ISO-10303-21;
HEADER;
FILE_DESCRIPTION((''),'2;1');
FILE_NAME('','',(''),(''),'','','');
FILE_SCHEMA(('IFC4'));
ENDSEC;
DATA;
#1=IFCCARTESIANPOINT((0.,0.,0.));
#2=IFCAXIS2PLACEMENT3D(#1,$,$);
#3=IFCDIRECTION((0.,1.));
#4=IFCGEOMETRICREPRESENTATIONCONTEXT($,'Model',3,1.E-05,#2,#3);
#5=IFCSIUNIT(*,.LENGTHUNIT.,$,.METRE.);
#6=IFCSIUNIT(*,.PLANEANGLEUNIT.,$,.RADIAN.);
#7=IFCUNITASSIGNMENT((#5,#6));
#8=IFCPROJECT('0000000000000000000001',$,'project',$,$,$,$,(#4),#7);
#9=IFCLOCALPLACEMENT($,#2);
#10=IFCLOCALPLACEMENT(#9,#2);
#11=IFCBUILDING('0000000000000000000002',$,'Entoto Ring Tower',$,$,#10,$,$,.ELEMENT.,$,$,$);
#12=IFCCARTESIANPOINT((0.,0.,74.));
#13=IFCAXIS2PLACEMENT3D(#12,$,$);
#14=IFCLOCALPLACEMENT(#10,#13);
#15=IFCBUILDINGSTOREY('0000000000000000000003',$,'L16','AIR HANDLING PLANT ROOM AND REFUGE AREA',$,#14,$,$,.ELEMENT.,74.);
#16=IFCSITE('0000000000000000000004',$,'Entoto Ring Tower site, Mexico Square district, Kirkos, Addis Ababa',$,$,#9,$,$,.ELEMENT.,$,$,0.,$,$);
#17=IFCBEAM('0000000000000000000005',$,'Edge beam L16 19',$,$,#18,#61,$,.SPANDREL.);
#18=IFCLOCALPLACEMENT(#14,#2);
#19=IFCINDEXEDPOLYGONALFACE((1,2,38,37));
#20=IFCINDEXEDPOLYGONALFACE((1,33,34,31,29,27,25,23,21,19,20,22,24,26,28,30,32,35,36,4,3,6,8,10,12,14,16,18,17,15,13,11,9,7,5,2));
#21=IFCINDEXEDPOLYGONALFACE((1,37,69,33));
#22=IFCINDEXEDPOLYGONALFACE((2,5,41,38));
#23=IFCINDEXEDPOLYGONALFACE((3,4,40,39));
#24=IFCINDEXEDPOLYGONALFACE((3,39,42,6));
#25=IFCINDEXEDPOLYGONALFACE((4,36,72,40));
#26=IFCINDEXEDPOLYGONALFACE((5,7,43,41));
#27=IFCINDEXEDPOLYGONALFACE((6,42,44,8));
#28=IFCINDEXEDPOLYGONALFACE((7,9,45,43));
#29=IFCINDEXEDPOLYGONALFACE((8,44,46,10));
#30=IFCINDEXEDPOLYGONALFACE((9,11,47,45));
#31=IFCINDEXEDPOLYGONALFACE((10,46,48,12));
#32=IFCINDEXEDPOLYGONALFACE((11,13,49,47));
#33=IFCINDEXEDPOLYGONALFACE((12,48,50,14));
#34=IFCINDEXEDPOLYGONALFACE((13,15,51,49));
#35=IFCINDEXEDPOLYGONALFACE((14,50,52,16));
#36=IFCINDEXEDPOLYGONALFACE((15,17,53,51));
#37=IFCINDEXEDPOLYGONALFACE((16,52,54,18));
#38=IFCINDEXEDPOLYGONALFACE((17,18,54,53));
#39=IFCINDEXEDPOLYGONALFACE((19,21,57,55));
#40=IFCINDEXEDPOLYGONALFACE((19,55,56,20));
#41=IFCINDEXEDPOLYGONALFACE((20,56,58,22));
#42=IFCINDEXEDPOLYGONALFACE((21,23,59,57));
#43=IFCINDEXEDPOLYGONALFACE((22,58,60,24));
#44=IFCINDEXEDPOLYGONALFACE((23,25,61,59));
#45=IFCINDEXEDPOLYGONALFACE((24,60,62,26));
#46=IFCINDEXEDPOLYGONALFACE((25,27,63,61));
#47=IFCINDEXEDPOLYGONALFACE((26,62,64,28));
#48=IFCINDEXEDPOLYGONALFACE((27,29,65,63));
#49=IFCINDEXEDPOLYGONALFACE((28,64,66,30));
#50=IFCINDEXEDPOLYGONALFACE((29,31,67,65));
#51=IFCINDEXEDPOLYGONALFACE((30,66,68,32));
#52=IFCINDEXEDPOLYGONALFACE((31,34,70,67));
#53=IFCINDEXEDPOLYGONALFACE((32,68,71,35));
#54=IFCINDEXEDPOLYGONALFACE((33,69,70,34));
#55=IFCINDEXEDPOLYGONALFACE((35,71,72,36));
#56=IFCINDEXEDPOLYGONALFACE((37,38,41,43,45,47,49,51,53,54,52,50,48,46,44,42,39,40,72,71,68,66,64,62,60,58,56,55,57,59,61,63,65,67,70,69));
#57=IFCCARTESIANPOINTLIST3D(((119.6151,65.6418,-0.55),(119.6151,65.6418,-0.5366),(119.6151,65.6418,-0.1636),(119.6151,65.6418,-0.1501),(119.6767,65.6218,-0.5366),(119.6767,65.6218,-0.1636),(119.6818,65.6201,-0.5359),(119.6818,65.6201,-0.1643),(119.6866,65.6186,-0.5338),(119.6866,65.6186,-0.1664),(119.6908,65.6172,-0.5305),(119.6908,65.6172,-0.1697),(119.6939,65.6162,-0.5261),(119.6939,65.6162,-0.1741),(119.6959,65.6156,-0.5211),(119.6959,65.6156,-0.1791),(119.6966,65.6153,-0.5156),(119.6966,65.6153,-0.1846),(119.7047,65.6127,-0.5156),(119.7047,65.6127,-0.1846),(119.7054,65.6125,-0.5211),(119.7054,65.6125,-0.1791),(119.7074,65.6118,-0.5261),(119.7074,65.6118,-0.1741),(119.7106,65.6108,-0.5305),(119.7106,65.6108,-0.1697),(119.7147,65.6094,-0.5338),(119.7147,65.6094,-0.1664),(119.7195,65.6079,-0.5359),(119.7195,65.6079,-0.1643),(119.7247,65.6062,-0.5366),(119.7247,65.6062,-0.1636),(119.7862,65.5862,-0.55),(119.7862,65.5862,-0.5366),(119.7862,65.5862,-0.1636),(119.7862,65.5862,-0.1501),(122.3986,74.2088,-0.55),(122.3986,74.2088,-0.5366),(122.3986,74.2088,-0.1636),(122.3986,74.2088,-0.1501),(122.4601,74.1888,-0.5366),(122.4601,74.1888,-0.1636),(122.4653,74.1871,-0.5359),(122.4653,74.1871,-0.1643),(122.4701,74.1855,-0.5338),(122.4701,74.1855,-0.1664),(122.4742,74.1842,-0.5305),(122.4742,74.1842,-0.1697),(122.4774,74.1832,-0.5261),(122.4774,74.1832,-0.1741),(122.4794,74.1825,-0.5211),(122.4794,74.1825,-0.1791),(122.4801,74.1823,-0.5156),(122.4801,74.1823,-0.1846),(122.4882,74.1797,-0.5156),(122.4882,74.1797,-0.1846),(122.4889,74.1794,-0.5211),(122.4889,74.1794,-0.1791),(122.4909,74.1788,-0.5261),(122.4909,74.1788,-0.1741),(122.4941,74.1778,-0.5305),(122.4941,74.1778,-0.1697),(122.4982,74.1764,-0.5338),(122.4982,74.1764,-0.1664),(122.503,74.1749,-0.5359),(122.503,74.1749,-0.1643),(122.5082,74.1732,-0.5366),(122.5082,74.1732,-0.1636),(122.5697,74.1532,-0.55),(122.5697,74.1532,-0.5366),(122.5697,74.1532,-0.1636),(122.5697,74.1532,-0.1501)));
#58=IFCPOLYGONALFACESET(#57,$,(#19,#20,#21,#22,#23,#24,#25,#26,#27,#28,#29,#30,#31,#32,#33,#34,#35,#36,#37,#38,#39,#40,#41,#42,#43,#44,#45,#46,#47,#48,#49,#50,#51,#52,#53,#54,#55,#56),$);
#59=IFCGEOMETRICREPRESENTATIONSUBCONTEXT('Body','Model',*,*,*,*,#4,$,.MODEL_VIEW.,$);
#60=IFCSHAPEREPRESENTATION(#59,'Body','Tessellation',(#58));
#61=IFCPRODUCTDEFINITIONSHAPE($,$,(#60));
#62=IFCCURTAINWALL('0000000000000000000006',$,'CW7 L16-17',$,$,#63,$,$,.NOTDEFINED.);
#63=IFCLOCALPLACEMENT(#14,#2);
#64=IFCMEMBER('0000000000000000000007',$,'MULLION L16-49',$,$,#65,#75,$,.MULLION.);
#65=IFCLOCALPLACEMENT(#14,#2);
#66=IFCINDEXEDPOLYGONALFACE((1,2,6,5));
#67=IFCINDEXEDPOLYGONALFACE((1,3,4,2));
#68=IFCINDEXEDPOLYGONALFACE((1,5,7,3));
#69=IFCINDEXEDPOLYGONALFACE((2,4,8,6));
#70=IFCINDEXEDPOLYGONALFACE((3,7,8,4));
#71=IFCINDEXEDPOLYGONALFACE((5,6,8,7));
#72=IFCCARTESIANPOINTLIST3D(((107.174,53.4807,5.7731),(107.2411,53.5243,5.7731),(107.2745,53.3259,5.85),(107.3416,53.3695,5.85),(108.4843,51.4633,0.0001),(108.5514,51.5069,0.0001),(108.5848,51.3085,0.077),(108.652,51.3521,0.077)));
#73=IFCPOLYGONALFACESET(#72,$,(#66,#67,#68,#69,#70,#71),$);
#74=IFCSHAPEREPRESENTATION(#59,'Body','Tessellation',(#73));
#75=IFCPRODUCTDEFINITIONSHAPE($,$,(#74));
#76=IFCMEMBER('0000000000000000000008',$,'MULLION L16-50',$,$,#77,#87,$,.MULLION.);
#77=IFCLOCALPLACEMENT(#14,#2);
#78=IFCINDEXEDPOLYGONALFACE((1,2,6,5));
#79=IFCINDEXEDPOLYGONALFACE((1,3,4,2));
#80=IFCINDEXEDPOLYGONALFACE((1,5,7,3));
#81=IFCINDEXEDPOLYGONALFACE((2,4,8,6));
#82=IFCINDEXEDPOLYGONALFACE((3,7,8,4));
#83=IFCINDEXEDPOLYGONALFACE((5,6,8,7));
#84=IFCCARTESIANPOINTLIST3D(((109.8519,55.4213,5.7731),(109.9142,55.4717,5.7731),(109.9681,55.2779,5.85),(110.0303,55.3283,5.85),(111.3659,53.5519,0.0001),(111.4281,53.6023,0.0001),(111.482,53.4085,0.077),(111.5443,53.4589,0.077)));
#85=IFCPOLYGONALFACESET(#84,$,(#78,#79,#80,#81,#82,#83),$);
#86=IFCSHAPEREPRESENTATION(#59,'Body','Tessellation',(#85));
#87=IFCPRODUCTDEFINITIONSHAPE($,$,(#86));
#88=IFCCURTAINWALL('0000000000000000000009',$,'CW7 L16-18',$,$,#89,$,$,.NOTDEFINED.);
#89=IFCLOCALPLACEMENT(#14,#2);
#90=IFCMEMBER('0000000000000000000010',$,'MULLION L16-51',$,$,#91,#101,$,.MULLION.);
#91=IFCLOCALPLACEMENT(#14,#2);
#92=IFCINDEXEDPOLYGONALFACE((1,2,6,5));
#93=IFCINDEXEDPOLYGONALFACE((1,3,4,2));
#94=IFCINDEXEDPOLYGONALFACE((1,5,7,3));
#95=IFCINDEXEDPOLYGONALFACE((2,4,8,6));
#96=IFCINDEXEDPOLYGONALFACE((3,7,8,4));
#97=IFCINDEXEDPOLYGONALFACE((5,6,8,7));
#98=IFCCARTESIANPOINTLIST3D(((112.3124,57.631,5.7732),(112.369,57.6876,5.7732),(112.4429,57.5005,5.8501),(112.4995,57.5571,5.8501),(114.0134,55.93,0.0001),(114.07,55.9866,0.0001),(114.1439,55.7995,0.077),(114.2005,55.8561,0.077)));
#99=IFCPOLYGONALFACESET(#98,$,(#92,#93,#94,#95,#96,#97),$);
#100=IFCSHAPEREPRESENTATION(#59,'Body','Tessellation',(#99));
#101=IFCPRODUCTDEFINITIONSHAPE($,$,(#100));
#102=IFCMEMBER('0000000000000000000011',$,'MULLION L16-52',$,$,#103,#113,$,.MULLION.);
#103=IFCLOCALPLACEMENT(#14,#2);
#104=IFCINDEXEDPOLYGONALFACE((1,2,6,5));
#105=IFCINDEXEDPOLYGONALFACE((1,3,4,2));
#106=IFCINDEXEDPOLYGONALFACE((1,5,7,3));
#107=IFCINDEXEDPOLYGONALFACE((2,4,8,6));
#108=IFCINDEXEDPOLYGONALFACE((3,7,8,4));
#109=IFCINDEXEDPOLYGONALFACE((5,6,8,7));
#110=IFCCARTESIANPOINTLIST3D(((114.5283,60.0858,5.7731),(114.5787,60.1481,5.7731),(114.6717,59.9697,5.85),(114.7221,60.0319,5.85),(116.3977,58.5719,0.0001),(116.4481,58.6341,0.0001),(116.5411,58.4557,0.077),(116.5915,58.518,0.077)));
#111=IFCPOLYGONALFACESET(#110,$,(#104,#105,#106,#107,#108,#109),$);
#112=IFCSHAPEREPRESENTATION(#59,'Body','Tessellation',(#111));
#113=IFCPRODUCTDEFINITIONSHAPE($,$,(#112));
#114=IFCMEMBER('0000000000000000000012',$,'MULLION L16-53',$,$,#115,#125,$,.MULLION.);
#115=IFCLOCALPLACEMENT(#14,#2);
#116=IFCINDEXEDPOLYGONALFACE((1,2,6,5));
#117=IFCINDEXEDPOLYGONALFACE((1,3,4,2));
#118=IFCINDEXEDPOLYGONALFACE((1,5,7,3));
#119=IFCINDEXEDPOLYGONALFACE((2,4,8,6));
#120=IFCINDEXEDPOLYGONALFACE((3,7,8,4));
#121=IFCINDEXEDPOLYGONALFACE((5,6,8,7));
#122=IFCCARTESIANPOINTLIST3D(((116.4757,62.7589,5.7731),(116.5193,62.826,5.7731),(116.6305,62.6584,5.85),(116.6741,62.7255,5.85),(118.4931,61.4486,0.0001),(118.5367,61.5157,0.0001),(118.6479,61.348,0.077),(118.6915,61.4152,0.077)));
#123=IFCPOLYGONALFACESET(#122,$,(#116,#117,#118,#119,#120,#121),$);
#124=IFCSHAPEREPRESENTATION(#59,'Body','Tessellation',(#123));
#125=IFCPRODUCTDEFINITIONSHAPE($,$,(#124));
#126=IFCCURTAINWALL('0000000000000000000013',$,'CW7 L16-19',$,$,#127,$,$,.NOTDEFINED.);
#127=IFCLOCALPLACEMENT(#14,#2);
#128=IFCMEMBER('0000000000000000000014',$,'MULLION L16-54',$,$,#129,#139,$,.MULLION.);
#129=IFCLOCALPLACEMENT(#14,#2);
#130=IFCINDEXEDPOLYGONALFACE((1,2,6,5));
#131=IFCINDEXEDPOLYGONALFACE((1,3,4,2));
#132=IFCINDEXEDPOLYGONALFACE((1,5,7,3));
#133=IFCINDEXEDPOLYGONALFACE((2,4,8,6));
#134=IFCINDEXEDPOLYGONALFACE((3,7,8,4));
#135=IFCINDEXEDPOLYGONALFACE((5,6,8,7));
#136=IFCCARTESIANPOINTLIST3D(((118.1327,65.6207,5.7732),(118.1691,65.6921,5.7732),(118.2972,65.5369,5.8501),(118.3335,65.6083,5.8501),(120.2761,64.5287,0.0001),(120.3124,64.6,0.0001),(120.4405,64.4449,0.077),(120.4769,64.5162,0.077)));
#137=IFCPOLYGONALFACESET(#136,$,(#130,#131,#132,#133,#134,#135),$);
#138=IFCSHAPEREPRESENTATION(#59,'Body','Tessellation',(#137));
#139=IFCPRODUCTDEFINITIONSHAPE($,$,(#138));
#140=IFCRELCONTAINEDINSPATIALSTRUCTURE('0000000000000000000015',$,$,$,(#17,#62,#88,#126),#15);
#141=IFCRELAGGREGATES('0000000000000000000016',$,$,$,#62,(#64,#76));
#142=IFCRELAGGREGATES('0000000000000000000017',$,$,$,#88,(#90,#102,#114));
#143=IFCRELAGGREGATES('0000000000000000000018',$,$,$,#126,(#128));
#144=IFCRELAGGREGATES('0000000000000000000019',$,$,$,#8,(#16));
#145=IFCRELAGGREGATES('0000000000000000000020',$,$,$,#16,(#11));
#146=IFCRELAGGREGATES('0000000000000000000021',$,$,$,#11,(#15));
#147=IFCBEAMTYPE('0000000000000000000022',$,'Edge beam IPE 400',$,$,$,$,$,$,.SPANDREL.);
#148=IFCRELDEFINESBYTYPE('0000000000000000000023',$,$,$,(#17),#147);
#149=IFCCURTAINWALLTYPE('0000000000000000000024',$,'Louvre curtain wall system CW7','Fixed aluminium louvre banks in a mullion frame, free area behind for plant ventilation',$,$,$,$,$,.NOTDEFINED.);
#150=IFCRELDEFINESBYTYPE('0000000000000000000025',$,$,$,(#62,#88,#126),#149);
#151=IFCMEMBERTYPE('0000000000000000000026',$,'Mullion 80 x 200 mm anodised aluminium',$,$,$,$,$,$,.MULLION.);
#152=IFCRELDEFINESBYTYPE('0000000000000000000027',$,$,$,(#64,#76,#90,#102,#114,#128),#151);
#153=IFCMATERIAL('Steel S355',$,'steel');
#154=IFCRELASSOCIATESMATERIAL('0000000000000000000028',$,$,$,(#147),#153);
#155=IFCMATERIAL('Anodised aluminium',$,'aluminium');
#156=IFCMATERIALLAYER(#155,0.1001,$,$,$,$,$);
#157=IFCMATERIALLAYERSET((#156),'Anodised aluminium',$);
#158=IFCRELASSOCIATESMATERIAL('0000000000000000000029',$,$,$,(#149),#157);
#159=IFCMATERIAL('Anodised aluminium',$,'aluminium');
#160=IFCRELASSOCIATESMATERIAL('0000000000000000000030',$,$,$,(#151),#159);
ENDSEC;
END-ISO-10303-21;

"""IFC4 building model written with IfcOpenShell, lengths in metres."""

from ifc_helpers import new_model, si_unit, direction, frame, origin, origin_2d, place, context, subcontext, project, spatial, rectangle, i_section, extrude, material, layer, layer_set, material_profile, profile_set, type_object, element, aggregate, save


model = new_model("IFC4")

# Units and contexts
model_context = context("Model", 3, precision=1e-05, world=origin(), true_north=direction((0.0, 1.0)))
body_context = subcontext(model_context, "Body", "Model", "MODEL_VIEW")
ifc_project = project(units=[si_unit("LENGTHUNIT", "METRE"), si_unit("PLANEANGLEUNIT", "RADIAN")], contexts=[model_context])

# Site, building, storey
site_placement = place(None, origin())
site = spatial("IfcSite", under=ifc_project, at=site_placement, Name="Entoto Ring Tower site, Mexico Square district, Kirkos, Addis Ababa", CompositionType="ELEMENT", RefElevation=0.0)
building_placement = place(site_placement, origin())
building = spatial("IfcBuilding", under=site, at=building_placement, Name="Entoto Ring Tower", CompositionType="ELEMENT")
storey_placement = place(building_placement, frame((0.0, 0.0, 74.0)))
storey = spatial("IfcBuildingStorey", under=building, at=storey_placement, Name="L16", Description="AIR HANDLING PLANT ROOM AND REFUGE AREA", CompositionType="ELEMENT", Elevation=74.0)

# Beam
ifc_material_1 = material(Name="Steel S355", Category="steel")
ifc_material_profile_1 = material_profile(ifc_material_1, i_section(OverallWidth=0.1799, OverallDepth=0.3999, WebThickness=0.0085, FlangeThickness=0.0134, FilletRadius=0.021, at=origin_2d()), Name="IPE 400")
ifc_profile_set_1 = profile_set([ifc_material_profile_1], Name="Steel S355")
beam_type = type_object("IfcBeamType", Name="Edge beam IPE 400", PredefinedType="SPANDREL", material=ifc_profile_set_1)
for number, where, z_axis, x_axis, name in (
    (1, (119.7007, 65.614, -0.3501), (0.309006, 0.95106, 0.0), (-0.95106, 0.309006, 0.0), "Edge beam L16 19"),
):
    element("IfcBeam", number, at=place(storey_placement, frame(where, z_axis=z_axis, x_axis=x_axis)), inside=storey, type_object=beam_type, Name=name, PredefinedType="SPANDREL", context=body_context, shape_type="SweptSolid", body=[
        extrude(i_section(OverallWidth=0.1799, OverallDepth=0.3999, WebThickness=0.0085, FlangeThickness=0.0134, FilletRadius=0.021, at=origin_2d()), origin(), (0.0, 0.0, 1.0), 9.0078),
    ])

# Curtain walls, members
ifc_material_2 = material(Name="Anodised aluminium", Category="aluminium")
ifc_layer_1 = layer(ifc_material_2, 0.1001)
ifc_layer_set_1 = layer_set([ifc_layer_1], Name="Anodised aluminium")
curtain_wall_type = type_object("IfcCurtainWallType", Name="Louvre curtain wall system CW7", Description="Fixed aluminium louvre banks in a mullion frame, free area behind for plant ventilation", PredefinedType="NOTDEFINED", material=ifc_layer_set_1)
curtain_wall_1_placement = place(storey_placement, origin())
curtain_wall_1 = element("IfcCurtainWall", 2, at=curtain_wall_1_placement, inside=storey, type_object=curtain_wall_type, Name="CW7 L16-17", PredefinedType="NOTDEFINED")
ifc_material_3 = material(Name="Anodised aluminium", Category="aluminium")
ifc_material_profile_2 = material_profile(ifc_material_3, rectangle(XDim=0.0801, YDim=0.2, at=origin_2d()), Name="Mullion 80 x 200 mm anodised aluminium")
ifc_profile_set_2 = profile_set([ifc_material_profile_2], Name="Anodised aluminium")
member_type_1 = type_object("IfcMemberType", Name="Mullion 80 x 200 mm anodised aluminium", PredefinedType="MULLION", material=ifc_profile_set_2)
member_1_placement = place(storey_placement, frame((108.5681, 51.4077, 0.0386), z_axis=(-0.209512, 0.322563, 0.92307), x_axis=(-0.838627, -0.544706, 0.0)))
member_1 = element("IfcMember", 3, at=member_1_placement, type_object=member_type_1, Name="MULLION L16-49", PredefinedType="MULLION", context=body_context, shape_type="SweptSolid", body=[
    extrude(rectangle(XDim=0.0801, YDim=0.2, at=origin_2d()), origin(), (0.0, 0.0, 1.0), 6.2542),
])
member_2_placement = place(storey_placement, frame((111.4551, 53.5054, 0.0386), z_axis=(-0.242069, 0.298907, 0.92307), x_axis=(-0.777122, -0.62935, 0.0)))
member_2 = element("IfcMember", 4, at=member_2_placement, type_object=member_type_1, Name="MULLION L16-50", PredefinedType="MULLION", context=body_context, shape_type="SweptSolid", body=[
    extrude(rectangle(XDim=0.0801, YDim=0.2, at=origin_2d()), origin(), (0.0, 0.0, 1.0), 6.2542),
])
aggregate(curtain_wall_1, [member_1, member_2])
curtain_wall_2_placement = place(storey_placement, origin())
curtain_wall_2 = element("IfcCurtainWall", 5, at=curtain_wall_2_placement, inside=storey, type_object=curtain_wall_type, Name="CW7 L16-18", PredefinedType="NOTDEFINED")
member_3_placement = place(storey_placement, frame((114.1069, 55.8931, 0.0386), z_axis=(-0.271972, 0.271972, 0.923072), x_axis=(-0.707107, -0.707107, 0.0)))
member_3 = element("IfcMember", 6, at=member_3_placement, type_object=member_type_1, Name="MULLION L16-51", PredefinedType="MULLION", context=body_context, shape_type="SweptSolid", body=[
    extrude(rectangle(XDim=0.0801, YDim=0.2, at=origin_2d()), origin(), (0.0, 0.0, 1.0), 6.2542),
])
member_4_placement = place(storey_placement, frame((116.4946, 58.5449, 0.0386), z_axis=(-0.298907, 0.242069, 0.92307), x_axis=(-0.62935, -0.777122, 0.0)))
member_4 = element("IfcMember", 7, at=member_4_placement, type_object=member_type_1, Name="MULLION L16-52", PredefinedType="MULLION", context=body_context, shape_type="SweptSolid", body=[
    extrude(rectangle(XDim=0.0801, YDim=0.2, at=origin_2d()), origin(), (0.0, 0.0, 1.0), 6.2542),
])
member_5_placement = place(storey_placement, frame((118.5923, 61.4319, 0.0386), z_axis=(-0.322563, 0.209512, 0.92307), x_axis=(-0.544706, -0.838627, 0.0)))
member_5 = element("IfcMember", 8, at=member_5_placement, type_object=member_type_1, Name="MULLION L16-53", PredefinedType="MULLION", context=body_context, shape_type="SweptSolid", body=[
    extrude(rectangle(XDim=0.0801, YDim=0.2, at=origin_2d()), origin(), (0.0, 0.0, 1.0), 6.2542),
])
aggregate(curtain_wall_2, [member_3, member_4, member_5])

# Curtain wall, member
curtain_wall_3_placement = place(storey_placement, origin())
curtain_wall_3 = element("IfcCurtainWall", 9, at=curtain_wall_3_placement, inside=storey, type_object=curtain_wall_type, Name="CW7 L16-19", PredefinedType="NOTDEFINED")
member_6_placement = place(storey_placement, frame((120.3765, 64.5225, 0.0386), z_axis=(-0.342707, 0.174613, 0.923072), x_axis=(-0.453981, -0.891012, 0.0)))
member_6 = element("IfcMember", 10, at=member_6_placement, type_object=member_type_1, Name="MULLION L16-54", PredefinedType="MULLION", context=body_context, shape_type="SweptSolid", body=[
    extrude(rectangle(XDim=0.0801, YDim=0.2, at=origin_2d()), origin(), (0.0, 0.0, 1.0), 6.2542),
])
aggregate(curtain_wall_3, [member_6])

save(model, "model.ifc")
